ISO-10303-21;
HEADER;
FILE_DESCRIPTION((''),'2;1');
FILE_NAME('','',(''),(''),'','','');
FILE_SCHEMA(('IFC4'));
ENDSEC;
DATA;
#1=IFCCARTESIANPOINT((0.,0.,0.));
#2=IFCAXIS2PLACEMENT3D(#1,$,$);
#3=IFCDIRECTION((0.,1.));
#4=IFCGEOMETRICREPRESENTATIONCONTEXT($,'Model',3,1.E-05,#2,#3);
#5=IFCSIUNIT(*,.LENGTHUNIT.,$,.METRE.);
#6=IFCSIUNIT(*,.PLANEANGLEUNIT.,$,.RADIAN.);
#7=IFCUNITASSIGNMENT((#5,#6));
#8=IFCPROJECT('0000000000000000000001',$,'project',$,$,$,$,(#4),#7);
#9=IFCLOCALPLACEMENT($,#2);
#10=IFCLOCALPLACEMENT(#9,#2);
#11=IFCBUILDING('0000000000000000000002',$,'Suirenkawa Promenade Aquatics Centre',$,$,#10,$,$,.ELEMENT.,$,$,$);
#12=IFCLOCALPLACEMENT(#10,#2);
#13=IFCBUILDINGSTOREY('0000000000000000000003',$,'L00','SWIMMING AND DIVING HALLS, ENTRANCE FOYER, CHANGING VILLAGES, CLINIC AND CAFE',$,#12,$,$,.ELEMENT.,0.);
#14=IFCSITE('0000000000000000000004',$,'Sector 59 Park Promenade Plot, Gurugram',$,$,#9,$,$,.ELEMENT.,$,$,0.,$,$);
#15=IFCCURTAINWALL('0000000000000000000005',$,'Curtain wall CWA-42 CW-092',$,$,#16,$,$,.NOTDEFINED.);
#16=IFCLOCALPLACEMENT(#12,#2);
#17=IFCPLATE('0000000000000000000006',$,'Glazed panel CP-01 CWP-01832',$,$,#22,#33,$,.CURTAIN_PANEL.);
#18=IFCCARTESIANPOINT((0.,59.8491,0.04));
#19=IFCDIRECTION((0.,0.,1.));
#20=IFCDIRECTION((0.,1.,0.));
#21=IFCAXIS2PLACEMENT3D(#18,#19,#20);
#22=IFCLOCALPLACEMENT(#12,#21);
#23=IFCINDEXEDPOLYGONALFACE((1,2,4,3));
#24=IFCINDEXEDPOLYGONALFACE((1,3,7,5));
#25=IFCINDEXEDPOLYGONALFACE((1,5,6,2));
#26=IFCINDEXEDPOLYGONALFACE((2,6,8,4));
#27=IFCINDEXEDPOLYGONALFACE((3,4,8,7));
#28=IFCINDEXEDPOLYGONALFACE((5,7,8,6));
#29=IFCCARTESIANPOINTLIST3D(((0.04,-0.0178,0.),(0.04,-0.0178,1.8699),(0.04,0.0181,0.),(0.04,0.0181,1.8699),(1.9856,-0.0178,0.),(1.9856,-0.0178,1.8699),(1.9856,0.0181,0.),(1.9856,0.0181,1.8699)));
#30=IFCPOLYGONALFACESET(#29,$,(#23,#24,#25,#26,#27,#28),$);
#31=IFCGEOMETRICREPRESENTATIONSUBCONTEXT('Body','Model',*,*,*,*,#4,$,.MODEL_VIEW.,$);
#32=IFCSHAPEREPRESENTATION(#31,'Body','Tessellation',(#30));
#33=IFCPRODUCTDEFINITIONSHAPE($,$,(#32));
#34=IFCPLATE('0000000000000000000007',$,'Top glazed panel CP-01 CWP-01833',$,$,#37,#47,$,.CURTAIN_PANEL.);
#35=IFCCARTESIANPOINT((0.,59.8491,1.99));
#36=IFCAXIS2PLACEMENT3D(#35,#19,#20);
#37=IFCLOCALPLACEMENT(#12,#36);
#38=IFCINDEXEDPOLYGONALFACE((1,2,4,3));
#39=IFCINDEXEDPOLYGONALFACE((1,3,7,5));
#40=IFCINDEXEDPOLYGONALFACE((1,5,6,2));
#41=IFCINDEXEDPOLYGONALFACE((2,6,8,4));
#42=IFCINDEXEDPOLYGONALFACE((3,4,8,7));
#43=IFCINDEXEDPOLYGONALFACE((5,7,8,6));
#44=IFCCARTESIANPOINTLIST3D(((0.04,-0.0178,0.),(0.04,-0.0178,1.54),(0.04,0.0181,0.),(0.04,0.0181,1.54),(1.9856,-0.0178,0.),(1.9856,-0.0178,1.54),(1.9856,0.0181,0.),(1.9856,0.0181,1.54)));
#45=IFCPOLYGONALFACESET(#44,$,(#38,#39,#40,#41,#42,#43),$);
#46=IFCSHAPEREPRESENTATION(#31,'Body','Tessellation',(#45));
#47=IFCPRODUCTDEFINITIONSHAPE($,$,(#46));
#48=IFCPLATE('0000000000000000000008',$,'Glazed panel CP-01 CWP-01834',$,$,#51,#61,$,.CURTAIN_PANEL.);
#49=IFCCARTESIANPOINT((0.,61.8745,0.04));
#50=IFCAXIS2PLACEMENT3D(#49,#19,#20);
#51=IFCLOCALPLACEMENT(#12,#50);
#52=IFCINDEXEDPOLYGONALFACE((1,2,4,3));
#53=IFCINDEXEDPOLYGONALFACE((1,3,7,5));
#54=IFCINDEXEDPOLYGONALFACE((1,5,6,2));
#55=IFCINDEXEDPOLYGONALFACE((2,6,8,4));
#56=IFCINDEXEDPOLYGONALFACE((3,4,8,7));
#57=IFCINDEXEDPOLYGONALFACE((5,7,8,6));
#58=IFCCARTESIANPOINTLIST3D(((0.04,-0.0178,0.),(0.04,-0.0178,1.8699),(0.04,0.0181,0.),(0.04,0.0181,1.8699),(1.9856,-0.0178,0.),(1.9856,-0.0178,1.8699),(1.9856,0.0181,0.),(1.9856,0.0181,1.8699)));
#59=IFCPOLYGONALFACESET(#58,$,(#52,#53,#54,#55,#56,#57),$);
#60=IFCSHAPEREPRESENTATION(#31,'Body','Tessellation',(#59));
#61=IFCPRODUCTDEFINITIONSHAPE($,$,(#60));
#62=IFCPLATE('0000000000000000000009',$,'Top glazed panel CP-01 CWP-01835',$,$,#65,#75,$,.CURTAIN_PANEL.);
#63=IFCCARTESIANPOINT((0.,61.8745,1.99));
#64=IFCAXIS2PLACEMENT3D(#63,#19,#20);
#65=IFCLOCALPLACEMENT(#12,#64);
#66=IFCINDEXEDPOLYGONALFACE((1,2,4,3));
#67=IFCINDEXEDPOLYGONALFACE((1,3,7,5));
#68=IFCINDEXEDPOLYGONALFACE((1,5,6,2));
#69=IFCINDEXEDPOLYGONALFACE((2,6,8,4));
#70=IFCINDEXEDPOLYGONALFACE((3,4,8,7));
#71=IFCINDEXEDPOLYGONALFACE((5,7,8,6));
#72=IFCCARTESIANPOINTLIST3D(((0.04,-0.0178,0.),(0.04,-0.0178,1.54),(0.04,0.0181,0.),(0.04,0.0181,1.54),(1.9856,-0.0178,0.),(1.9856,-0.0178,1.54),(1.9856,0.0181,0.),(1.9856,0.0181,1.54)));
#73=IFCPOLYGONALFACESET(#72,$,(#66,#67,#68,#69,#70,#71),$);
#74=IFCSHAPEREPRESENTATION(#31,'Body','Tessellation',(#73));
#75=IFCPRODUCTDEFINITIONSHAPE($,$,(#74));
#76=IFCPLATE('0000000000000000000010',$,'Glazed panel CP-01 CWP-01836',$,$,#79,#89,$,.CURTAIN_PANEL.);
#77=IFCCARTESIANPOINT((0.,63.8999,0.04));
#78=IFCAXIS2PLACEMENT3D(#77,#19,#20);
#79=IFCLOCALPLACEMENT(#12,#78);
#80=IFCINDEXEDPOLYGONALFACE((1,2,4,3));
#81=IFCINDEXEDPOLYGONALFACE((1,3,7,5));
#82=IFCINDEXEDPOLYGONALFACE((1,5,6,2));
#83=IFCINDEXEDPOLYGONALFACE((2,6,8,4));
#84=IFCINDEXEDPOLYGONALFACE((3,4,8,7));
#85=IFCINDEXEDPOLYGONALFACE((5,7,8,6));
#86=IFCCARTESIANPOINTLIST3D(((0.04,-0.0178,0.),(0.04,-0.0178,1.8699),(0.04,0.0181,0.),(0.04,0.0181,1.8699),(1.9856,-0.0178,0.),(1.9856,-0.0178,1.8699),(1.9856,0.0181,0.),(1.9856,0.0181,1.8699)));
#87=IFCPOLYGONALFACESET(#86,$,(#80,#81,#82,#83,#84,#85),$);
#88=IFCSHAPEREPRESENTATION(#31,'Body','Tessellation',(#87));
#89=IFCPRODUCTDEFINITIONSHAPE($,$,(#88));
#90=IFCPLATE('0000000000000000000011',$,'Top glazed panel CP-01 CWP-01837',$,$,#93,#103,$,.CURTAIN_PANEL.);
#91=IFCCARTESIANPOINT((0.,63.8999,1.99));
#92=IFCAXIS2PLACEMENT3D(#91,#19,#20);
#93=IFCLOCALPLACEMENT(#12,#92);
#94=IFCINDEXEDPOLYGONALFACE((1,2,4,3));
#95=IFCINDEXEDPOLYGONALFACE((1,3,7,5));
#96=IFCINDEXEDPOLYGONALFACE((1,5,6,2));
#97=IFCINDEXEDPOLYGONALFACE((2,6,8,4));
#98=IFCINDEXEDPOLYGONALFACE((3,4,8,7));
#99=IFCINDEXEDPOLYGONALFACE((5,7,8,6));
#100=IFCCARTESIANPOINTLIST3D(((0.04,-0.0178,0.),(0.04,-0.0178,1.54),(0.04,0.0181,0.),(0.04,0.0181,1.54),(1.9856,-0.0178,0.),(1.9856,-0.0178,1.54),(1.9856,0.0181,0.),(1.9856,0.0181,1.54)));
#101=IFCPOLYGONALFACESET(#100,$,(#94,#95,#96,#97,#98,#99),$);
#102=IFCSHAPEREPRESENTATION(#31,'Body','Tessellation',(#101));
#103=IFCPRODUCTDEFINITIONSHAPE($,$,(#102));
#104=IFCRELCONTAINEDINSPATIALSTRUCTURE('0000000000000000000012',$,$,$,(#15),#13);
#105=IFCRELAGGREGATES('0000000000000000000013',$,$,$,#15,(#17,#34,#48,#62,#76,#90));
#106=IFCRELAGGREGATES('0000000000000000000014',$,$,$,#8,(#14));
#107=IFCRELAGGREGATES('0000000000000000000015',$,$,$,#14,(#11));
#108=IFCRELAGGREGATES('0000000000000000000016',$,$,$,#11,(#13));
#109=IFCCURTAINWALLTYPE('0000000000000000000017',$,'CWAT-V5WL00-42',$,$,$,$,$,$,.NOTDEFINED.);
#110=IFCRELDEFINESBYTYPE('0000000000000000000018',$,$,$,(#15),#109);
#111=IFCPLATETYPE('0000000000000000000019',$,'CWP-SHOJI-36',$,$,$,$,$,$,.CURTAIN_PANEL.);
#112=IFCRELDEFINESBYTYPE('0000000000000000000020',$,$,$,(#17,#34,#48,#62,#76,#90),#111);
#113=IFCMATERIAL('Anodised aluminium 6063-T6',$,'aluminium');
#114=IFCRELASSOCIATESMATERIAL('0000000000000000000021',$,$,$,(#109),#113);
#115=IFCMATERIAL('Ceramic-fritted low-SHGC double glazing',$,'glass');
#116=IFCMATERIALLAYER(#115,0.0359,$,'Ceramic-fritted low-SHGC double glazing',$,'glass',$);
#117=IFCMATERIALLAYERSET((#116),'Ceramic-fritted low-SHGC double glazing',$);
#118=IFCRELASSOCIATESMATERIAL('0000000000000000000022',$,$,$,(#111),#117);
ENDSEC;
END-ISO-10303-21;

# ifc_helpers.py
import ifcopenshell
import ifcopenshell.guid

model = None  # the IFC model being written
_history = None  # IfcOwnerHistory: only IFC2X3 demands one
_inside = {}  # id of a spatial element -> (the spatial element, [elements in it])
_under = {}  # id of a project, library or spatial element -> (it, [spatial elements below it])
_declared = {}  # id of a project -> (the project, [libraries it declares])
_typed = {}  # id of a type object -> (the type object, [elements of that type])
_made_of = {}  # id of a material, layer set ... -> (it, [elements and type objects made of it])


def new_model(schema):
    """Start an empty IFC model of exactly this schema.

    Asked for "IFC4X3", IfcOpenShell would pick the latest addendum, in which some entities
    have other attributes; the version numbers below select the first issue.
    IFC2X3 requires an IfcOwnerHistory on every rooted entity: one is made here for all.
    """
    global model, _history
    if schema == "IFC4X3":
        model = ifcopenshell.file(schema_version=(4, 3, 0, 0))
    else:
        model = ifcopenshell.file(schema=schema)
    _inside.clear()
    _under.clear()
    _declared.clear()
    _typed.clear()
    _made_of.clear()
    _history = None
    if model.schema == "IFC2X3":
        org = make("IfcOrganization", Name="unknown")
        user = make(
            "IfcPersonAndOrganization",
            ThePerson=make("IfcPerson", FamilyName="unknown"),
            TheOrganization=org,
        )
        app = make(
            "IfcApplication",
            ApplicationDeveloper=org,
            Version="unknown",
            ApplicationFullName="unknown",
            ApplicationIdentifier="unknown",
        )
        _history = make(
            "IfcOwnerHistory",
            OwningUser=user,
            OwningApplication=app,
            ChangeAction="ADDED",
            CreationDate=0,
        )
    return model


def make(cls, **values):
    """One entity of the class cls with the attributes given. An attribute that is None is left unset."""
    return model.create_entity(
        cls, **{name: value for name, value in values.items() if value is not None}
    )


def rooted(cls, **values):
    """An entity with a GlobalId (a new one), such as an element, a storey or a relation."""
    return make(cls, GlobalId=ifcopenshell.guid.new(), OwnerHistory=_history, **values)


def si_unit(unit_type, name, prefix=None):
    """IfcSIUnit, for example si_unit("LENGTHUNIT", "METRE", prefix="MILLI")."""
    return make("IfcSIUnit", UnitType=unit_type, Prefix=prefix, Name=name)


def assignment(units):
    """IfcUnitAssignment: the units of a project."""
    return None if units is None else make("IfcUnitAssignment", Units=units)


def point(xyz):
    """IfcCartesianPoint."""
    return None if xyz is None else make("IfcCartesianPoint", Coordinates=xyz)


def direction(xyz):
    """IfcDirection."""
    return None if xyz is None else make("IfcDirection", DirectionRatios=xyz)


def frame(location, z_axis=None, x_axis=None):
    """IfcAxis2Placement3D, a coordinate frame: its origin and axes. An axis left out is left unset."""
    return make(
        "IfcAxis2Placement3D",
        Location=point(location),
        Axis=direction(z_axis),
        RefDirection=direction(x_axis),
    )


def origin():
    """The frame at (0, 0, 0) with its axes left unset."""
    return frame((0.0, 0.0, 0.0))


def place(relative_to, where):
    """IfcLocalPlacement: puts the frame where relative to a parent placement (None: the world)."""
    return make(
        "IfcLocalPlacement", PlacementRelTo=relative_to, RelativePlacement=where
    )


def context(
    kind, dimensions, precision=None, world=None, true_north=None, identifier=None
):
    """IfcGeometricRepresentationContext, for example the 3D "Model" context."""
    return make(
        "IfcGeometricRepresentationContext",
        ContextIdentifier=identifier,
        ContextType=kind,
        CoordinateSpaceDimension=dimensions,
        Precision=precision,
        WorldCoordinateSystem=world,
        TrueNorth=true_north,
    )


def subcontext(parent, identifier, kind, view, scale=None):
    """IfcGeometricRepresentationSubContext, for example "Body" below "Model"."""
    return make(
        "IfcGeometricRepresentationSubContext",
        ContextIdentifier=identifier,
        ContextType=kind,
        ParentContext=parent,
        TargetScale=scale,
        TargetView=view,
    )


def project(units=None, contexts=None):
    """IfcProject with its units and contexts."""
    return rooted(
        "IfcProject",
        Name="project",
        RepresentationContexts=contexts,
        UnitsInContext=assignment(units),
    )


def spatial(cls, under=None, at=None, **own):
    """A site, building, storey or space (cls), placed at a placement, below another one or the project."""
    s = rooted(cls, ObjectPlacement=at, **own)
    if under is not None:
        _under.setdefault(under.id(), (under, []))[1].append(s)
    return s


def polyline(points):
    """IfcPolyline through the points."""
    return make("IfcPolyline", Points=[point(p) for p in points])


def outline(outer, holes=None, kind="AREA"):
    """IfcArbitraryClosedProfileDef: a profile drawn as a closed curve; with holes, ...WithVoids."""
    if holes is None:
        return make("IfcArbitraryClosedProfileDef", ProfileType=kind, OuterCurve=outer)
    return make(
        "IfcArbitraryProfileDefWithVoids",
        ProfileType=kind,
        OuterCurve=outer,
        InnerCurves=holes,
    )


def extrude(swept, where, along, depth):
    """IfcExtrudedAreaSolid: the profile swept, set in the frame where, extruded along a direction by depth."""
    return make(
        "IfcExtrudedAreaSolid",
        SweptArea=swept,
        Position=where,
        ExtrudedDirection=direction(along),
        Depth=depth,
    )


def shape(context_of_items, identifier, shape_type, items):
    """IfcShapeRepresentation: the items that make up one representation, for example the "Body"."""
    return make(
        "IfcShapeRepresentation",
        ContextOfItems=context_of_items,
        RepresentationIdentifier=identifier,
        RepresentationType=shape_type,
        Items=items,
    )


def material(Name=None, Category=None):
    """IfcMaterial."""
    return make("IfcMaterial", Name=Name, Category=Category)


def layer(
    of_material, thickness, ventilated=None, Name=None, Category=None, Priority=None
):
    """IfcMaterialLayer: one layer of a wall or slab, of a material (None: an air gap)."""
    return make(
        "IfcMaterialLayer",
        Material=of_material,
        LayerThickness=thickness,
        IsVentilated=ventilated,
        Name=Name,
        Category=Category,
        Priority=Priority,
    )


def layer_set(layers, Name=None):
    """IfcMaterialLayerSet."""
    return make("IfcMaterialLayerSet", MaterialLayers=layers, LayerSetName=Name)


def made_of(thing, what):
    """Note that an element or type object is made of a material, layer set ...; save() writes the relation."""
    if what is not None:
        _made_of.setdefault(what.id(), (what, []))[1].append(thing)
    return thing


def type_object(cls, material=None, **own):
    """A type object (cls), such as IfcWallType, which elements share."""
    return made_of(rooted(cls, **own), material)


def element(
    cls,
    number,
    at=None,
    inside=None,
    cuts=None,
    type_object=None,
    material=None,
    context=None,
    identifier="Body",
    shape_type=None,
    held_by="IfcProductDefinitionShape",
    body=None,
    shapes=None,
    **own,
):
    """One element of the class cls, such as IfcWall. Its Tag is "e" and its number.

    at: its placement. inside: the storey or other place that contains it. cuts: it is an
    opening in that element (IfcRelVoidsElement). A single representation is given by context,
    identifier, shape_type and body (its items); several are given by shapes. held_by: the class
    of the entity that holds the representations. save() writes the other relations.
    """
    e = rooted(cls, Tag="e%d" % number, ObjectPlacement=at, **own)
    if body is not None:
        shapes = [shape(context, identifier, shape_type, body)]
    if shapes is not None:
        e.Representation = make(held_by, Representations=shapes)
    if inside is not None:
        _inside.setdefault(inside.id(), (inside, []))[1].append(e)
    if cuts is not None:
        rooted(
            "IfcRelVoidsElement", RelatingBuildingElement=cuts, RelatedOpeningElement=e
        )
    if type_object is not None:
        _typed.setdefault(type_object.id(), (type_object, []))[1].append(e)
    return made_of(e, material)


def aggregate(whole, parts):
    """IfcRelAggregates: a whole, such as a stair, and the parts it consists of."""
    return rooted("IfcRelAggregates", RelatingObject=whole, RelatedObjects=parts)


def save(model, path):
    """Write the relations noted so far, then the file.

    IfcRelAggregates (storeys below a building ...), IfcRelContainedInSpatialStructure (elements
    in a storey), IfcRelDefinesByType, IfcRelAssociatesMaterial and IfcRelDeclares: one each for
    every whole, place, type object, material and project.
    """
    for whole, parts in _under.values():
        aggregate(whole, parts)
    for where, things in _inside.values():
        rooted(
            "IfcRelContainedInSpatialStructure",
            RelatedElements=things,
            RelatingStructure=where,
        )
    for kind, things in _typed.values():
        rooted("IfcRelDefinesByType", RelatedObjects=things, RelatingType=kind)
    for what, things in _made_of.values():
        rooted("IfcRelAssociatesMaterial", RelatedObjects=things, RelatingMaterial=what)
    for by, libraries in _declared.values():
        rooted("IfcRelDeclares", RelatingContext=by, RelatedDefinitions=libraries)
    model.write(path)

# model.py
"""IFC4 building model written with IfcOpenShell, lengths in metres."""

from ifc_helpers import new_model, si_unit, direction, frame, origin, place, context, subcontext, project, spatial, polyline, outline, extrude, material, layer, layer_set, type_object, element, aggregate, save


model = new_model("IFC4")

# Units and contexts
model_context = context("Model", 3, precision=1e-05, world=origin(), true_north=direction((0.0, 1.0)))
body_context = subcontext(model_context, "Body", "Model", "MODEL_VIEW")
ifc_project = project(units=[si_unit("LENGTHUNIT", "METRE"), si_unit("PLANEANGLEUNIT", "RADIAN")], contexts=[model_context])

# Site, building, storey
site_placement = place(None, origin())
site = spatial("IfcSite", under=ifc_project, at=site_placement, Name="Sector 59 Park Promenade Plot, Gurugram", CompositionType="ELEMENT", RefElevation=0.0)
building_placement = place(site_placement, origin())
building = spatial("IfcBuilding", under=site, at=building_placement, Name="Suirenkawa Promenade Aquatics Centre", CompositionType="ELEMENT")
storey_placement = place(building_placement, origin())
storey = spatial("IfcBuildingStorey", under=building, at=storey_placement, Name="L00", Description="SWIMMING AND DIVING HALLS, ENTRANCE FOYER, CHANGING VILLAGES, CLINIC AND CAFE", CompositionType="ELEMENT", Elevation=0.0)

# Shared definitions
ifc_material_1 = material(Name="Anodised aluminium 6063-T6", Category="aluminium")

# Curtain wall, plates
curtain_wall_type_1 = type_object("IfcCurtainWallType", Name="CWAT-V5WL00-42", PredefinedType="NOTDEFINED", material=ifc_material_1)
curtain_wall_1_placement = place(storey_placement, origin())
curtain_wall_1 = element("IfcCurtainWall", 1, at=curtain_wall_1_placement, inside=storey, type_object=curtain_wall_type_1, Name="Curtain wall CWA-42 CW-092", PredefinedType="NOTDEFINED")
ifc_material_2 = material(Name="Ceramic-fritted low-SHGC double glazing", Category="glass")
ifc_layer_1 = layer(ifc_material_2, 0.0359, Name="Ceramic-fritted low-SHGC double glazing", Category="glass")
ifc_layer_set_1 = layer_set([ifc_layer_1], Name="Ceramic-fritted low-SHGC double glazing")
plate_type = type_object("IfcPlateType", Name="CWP-SHOJI-36", PredefinedType="CURTAIN_PANEL", material=ifc_layer_set_1)
plate_1_placement = place(storey_placement, frame((0.0, 59.8491, 0.04), z_axis=(0.0, 0.0, 1.0), x_axis=(0.0, 1.0, 0.0)))
plate_1 = element("IfcPlate", 2, at=plate_1_placement, type_object=plate_type, Name="Glazed panel CP-01 CWP-01832", PredefinedType="CURTAIN_PANEL", context=body_context, shape_type="SweptSolid", body=[
    extrude(outline(polyline([(0.04, 0.0), (1.9856, 0.0), (1.9856, 1.8699), (0.04, 1.8699), (0.04, 0.0)])), frame((0.0, 0.0181, 0.0), z_axis=(0.0, -1.0, 0.0), x_axis=(1.0, 0.0, 0.0)), (0.0, 0.0, 1.0), 0.0359),
])
plate_2_placement = place(storey_placement, frame((0.0, 59.8491, 1.99), z_axis=(0.0, 0.0, 1.0), x_axis=(0.0, 1.0, 0.0)))
plate_2 = element("IfcPlate", 3, at=plate_2_placement, type_object=plate_type, Name="Top glazed panel CP-01 CWP-01833", PredefinedType="CURTAIN_PANEL", context=body_context, shape_type="SweptSolid", body=[
    extrude(outline(polyline([(0.04, 0.0), (1.9856, 0.0), (1.9856, 1.54), (0.04, 1.54), (0.04, 0.0)])), frame((0.0, 0.0181, 0.0), z_axis=(0.0, -1.0, 0.0), x_axis=(1.0, 0.0, 0.0)), (0.0, 0.0, 1.0), 0.0359),
])
plate_3_placement = place(storey_placement, frame((0.0, 61.8745, 0.04), z_axis=(0.0, 0.0, 1.0), x_axis=(0.0, 1.0, 0.0)))
plate_3 = element("IfcPlate", 4, at=plate_3_placement, type_object=plate_type, Name="Glazed panel CP-01 CWP-01834", PredefinedType="CURTAIN_PANEL", context=body_context, shape_type="SweptSolid", body=[
    extrude(outline(polyline([(0.04, 0.0), (1.9856, 0.0), (1.9856, 1.8699), (0.04, 1.8699), (0.04, 0.0)])), frame((0.0, 0.0181, 0.0), z_axis=(0.0, -1.0, 0.0), x_axis=(1.0, 0.0, 0.0)), (0.0, 0.0, 1.0), 0.0359),
])
plate_4_placement = place(storey_placement, frame((0.0, 61.8745, 1.99), z_axis=(0.0, 0.0, 1.0), x_axis=(0.0, 1.0, 0.0)))
plate_4 = element("IfcPlate", 5, at=plate_4_placement, type_object=plate_type, Name="Top glazed panel CP-01 CWP-01835", PredefinedType="CURTAIN_PANEL", context=body_context, shape_type="SweptSolid", body=[
    extrude(outline(polyline([(0.04, 0.0), (1.9856, 0.0), (1.9856, 1.54), (0.04, 1.54), (0.04, 0.0)])), frame((0.0, 0.0181, 0.0), z_axis=(0.0, -1.0, 0.0), x_axis=(1.0, 0.0, 0.0)), (0.0, 0.0, 1.0), 0.0359),
])
plate_5_placement = place(storey_placement, frame((0.0, 63.8999, 0.04), z_axis=(0.0, 0.0, 1.0), x_axis=(0.0, 1.0, 0.0)))
plate_5 = element("IfcPlate", 6, at=plate_5_placement, type_object=plate_type, Name="Glazed panel CP-01 CWP-01836", PredefinedType="CURTAIN_PANEL", context=body_context, shape_type="SweptSolid", body=[
    extrude(outline(polyline([(0.04, 0.0), (1.9856, 0.0), (1.9856, 1.8699), (0.04, 1.8699), (0.04, 0.0)])), frame((0.0, 0.0181, 0.0), z_axis=(0.0, -1.0, 0.0), x_axis=(1.0, 0.0, 0.0)), (0.0, 0.0, 1.0), 0.0359),
])
plate_6_placement = place(storey_placement, frame((0.0, 63.8999, 1.99), z_axis=(0.0, 0.0, 1.0), x_axis=(0.0, 1.0, 0.0)))
plate_6 = element("IfcPlate", 7, at=plate_6_placement, type_object=plate_type, Name="Top glazed panel CP-01 CWP-01837", PredefinedType="CURTAIN_PANEL", context=body_context, shape_type="SweptSolid", body=[
    extrude(outline(polyline([(0.04, 0.0), (1.9856, 0.0), (1.9856, 1.54), (0.04, 1.54), (0.04, 0.0)])), frame((0.0, 0.0181, 0.0), z_axis=(0.0, -1.0, 0.0), x_axis=(1.0, 0.0, 0.0)), (0.0, 0.0, 1.0), 0.0359),
])
aggregate(curtain_wall_1, [plate_1, plate_2, plate_3, plate_4, plate_5, plate_6])

save(model, "model.ifc")
